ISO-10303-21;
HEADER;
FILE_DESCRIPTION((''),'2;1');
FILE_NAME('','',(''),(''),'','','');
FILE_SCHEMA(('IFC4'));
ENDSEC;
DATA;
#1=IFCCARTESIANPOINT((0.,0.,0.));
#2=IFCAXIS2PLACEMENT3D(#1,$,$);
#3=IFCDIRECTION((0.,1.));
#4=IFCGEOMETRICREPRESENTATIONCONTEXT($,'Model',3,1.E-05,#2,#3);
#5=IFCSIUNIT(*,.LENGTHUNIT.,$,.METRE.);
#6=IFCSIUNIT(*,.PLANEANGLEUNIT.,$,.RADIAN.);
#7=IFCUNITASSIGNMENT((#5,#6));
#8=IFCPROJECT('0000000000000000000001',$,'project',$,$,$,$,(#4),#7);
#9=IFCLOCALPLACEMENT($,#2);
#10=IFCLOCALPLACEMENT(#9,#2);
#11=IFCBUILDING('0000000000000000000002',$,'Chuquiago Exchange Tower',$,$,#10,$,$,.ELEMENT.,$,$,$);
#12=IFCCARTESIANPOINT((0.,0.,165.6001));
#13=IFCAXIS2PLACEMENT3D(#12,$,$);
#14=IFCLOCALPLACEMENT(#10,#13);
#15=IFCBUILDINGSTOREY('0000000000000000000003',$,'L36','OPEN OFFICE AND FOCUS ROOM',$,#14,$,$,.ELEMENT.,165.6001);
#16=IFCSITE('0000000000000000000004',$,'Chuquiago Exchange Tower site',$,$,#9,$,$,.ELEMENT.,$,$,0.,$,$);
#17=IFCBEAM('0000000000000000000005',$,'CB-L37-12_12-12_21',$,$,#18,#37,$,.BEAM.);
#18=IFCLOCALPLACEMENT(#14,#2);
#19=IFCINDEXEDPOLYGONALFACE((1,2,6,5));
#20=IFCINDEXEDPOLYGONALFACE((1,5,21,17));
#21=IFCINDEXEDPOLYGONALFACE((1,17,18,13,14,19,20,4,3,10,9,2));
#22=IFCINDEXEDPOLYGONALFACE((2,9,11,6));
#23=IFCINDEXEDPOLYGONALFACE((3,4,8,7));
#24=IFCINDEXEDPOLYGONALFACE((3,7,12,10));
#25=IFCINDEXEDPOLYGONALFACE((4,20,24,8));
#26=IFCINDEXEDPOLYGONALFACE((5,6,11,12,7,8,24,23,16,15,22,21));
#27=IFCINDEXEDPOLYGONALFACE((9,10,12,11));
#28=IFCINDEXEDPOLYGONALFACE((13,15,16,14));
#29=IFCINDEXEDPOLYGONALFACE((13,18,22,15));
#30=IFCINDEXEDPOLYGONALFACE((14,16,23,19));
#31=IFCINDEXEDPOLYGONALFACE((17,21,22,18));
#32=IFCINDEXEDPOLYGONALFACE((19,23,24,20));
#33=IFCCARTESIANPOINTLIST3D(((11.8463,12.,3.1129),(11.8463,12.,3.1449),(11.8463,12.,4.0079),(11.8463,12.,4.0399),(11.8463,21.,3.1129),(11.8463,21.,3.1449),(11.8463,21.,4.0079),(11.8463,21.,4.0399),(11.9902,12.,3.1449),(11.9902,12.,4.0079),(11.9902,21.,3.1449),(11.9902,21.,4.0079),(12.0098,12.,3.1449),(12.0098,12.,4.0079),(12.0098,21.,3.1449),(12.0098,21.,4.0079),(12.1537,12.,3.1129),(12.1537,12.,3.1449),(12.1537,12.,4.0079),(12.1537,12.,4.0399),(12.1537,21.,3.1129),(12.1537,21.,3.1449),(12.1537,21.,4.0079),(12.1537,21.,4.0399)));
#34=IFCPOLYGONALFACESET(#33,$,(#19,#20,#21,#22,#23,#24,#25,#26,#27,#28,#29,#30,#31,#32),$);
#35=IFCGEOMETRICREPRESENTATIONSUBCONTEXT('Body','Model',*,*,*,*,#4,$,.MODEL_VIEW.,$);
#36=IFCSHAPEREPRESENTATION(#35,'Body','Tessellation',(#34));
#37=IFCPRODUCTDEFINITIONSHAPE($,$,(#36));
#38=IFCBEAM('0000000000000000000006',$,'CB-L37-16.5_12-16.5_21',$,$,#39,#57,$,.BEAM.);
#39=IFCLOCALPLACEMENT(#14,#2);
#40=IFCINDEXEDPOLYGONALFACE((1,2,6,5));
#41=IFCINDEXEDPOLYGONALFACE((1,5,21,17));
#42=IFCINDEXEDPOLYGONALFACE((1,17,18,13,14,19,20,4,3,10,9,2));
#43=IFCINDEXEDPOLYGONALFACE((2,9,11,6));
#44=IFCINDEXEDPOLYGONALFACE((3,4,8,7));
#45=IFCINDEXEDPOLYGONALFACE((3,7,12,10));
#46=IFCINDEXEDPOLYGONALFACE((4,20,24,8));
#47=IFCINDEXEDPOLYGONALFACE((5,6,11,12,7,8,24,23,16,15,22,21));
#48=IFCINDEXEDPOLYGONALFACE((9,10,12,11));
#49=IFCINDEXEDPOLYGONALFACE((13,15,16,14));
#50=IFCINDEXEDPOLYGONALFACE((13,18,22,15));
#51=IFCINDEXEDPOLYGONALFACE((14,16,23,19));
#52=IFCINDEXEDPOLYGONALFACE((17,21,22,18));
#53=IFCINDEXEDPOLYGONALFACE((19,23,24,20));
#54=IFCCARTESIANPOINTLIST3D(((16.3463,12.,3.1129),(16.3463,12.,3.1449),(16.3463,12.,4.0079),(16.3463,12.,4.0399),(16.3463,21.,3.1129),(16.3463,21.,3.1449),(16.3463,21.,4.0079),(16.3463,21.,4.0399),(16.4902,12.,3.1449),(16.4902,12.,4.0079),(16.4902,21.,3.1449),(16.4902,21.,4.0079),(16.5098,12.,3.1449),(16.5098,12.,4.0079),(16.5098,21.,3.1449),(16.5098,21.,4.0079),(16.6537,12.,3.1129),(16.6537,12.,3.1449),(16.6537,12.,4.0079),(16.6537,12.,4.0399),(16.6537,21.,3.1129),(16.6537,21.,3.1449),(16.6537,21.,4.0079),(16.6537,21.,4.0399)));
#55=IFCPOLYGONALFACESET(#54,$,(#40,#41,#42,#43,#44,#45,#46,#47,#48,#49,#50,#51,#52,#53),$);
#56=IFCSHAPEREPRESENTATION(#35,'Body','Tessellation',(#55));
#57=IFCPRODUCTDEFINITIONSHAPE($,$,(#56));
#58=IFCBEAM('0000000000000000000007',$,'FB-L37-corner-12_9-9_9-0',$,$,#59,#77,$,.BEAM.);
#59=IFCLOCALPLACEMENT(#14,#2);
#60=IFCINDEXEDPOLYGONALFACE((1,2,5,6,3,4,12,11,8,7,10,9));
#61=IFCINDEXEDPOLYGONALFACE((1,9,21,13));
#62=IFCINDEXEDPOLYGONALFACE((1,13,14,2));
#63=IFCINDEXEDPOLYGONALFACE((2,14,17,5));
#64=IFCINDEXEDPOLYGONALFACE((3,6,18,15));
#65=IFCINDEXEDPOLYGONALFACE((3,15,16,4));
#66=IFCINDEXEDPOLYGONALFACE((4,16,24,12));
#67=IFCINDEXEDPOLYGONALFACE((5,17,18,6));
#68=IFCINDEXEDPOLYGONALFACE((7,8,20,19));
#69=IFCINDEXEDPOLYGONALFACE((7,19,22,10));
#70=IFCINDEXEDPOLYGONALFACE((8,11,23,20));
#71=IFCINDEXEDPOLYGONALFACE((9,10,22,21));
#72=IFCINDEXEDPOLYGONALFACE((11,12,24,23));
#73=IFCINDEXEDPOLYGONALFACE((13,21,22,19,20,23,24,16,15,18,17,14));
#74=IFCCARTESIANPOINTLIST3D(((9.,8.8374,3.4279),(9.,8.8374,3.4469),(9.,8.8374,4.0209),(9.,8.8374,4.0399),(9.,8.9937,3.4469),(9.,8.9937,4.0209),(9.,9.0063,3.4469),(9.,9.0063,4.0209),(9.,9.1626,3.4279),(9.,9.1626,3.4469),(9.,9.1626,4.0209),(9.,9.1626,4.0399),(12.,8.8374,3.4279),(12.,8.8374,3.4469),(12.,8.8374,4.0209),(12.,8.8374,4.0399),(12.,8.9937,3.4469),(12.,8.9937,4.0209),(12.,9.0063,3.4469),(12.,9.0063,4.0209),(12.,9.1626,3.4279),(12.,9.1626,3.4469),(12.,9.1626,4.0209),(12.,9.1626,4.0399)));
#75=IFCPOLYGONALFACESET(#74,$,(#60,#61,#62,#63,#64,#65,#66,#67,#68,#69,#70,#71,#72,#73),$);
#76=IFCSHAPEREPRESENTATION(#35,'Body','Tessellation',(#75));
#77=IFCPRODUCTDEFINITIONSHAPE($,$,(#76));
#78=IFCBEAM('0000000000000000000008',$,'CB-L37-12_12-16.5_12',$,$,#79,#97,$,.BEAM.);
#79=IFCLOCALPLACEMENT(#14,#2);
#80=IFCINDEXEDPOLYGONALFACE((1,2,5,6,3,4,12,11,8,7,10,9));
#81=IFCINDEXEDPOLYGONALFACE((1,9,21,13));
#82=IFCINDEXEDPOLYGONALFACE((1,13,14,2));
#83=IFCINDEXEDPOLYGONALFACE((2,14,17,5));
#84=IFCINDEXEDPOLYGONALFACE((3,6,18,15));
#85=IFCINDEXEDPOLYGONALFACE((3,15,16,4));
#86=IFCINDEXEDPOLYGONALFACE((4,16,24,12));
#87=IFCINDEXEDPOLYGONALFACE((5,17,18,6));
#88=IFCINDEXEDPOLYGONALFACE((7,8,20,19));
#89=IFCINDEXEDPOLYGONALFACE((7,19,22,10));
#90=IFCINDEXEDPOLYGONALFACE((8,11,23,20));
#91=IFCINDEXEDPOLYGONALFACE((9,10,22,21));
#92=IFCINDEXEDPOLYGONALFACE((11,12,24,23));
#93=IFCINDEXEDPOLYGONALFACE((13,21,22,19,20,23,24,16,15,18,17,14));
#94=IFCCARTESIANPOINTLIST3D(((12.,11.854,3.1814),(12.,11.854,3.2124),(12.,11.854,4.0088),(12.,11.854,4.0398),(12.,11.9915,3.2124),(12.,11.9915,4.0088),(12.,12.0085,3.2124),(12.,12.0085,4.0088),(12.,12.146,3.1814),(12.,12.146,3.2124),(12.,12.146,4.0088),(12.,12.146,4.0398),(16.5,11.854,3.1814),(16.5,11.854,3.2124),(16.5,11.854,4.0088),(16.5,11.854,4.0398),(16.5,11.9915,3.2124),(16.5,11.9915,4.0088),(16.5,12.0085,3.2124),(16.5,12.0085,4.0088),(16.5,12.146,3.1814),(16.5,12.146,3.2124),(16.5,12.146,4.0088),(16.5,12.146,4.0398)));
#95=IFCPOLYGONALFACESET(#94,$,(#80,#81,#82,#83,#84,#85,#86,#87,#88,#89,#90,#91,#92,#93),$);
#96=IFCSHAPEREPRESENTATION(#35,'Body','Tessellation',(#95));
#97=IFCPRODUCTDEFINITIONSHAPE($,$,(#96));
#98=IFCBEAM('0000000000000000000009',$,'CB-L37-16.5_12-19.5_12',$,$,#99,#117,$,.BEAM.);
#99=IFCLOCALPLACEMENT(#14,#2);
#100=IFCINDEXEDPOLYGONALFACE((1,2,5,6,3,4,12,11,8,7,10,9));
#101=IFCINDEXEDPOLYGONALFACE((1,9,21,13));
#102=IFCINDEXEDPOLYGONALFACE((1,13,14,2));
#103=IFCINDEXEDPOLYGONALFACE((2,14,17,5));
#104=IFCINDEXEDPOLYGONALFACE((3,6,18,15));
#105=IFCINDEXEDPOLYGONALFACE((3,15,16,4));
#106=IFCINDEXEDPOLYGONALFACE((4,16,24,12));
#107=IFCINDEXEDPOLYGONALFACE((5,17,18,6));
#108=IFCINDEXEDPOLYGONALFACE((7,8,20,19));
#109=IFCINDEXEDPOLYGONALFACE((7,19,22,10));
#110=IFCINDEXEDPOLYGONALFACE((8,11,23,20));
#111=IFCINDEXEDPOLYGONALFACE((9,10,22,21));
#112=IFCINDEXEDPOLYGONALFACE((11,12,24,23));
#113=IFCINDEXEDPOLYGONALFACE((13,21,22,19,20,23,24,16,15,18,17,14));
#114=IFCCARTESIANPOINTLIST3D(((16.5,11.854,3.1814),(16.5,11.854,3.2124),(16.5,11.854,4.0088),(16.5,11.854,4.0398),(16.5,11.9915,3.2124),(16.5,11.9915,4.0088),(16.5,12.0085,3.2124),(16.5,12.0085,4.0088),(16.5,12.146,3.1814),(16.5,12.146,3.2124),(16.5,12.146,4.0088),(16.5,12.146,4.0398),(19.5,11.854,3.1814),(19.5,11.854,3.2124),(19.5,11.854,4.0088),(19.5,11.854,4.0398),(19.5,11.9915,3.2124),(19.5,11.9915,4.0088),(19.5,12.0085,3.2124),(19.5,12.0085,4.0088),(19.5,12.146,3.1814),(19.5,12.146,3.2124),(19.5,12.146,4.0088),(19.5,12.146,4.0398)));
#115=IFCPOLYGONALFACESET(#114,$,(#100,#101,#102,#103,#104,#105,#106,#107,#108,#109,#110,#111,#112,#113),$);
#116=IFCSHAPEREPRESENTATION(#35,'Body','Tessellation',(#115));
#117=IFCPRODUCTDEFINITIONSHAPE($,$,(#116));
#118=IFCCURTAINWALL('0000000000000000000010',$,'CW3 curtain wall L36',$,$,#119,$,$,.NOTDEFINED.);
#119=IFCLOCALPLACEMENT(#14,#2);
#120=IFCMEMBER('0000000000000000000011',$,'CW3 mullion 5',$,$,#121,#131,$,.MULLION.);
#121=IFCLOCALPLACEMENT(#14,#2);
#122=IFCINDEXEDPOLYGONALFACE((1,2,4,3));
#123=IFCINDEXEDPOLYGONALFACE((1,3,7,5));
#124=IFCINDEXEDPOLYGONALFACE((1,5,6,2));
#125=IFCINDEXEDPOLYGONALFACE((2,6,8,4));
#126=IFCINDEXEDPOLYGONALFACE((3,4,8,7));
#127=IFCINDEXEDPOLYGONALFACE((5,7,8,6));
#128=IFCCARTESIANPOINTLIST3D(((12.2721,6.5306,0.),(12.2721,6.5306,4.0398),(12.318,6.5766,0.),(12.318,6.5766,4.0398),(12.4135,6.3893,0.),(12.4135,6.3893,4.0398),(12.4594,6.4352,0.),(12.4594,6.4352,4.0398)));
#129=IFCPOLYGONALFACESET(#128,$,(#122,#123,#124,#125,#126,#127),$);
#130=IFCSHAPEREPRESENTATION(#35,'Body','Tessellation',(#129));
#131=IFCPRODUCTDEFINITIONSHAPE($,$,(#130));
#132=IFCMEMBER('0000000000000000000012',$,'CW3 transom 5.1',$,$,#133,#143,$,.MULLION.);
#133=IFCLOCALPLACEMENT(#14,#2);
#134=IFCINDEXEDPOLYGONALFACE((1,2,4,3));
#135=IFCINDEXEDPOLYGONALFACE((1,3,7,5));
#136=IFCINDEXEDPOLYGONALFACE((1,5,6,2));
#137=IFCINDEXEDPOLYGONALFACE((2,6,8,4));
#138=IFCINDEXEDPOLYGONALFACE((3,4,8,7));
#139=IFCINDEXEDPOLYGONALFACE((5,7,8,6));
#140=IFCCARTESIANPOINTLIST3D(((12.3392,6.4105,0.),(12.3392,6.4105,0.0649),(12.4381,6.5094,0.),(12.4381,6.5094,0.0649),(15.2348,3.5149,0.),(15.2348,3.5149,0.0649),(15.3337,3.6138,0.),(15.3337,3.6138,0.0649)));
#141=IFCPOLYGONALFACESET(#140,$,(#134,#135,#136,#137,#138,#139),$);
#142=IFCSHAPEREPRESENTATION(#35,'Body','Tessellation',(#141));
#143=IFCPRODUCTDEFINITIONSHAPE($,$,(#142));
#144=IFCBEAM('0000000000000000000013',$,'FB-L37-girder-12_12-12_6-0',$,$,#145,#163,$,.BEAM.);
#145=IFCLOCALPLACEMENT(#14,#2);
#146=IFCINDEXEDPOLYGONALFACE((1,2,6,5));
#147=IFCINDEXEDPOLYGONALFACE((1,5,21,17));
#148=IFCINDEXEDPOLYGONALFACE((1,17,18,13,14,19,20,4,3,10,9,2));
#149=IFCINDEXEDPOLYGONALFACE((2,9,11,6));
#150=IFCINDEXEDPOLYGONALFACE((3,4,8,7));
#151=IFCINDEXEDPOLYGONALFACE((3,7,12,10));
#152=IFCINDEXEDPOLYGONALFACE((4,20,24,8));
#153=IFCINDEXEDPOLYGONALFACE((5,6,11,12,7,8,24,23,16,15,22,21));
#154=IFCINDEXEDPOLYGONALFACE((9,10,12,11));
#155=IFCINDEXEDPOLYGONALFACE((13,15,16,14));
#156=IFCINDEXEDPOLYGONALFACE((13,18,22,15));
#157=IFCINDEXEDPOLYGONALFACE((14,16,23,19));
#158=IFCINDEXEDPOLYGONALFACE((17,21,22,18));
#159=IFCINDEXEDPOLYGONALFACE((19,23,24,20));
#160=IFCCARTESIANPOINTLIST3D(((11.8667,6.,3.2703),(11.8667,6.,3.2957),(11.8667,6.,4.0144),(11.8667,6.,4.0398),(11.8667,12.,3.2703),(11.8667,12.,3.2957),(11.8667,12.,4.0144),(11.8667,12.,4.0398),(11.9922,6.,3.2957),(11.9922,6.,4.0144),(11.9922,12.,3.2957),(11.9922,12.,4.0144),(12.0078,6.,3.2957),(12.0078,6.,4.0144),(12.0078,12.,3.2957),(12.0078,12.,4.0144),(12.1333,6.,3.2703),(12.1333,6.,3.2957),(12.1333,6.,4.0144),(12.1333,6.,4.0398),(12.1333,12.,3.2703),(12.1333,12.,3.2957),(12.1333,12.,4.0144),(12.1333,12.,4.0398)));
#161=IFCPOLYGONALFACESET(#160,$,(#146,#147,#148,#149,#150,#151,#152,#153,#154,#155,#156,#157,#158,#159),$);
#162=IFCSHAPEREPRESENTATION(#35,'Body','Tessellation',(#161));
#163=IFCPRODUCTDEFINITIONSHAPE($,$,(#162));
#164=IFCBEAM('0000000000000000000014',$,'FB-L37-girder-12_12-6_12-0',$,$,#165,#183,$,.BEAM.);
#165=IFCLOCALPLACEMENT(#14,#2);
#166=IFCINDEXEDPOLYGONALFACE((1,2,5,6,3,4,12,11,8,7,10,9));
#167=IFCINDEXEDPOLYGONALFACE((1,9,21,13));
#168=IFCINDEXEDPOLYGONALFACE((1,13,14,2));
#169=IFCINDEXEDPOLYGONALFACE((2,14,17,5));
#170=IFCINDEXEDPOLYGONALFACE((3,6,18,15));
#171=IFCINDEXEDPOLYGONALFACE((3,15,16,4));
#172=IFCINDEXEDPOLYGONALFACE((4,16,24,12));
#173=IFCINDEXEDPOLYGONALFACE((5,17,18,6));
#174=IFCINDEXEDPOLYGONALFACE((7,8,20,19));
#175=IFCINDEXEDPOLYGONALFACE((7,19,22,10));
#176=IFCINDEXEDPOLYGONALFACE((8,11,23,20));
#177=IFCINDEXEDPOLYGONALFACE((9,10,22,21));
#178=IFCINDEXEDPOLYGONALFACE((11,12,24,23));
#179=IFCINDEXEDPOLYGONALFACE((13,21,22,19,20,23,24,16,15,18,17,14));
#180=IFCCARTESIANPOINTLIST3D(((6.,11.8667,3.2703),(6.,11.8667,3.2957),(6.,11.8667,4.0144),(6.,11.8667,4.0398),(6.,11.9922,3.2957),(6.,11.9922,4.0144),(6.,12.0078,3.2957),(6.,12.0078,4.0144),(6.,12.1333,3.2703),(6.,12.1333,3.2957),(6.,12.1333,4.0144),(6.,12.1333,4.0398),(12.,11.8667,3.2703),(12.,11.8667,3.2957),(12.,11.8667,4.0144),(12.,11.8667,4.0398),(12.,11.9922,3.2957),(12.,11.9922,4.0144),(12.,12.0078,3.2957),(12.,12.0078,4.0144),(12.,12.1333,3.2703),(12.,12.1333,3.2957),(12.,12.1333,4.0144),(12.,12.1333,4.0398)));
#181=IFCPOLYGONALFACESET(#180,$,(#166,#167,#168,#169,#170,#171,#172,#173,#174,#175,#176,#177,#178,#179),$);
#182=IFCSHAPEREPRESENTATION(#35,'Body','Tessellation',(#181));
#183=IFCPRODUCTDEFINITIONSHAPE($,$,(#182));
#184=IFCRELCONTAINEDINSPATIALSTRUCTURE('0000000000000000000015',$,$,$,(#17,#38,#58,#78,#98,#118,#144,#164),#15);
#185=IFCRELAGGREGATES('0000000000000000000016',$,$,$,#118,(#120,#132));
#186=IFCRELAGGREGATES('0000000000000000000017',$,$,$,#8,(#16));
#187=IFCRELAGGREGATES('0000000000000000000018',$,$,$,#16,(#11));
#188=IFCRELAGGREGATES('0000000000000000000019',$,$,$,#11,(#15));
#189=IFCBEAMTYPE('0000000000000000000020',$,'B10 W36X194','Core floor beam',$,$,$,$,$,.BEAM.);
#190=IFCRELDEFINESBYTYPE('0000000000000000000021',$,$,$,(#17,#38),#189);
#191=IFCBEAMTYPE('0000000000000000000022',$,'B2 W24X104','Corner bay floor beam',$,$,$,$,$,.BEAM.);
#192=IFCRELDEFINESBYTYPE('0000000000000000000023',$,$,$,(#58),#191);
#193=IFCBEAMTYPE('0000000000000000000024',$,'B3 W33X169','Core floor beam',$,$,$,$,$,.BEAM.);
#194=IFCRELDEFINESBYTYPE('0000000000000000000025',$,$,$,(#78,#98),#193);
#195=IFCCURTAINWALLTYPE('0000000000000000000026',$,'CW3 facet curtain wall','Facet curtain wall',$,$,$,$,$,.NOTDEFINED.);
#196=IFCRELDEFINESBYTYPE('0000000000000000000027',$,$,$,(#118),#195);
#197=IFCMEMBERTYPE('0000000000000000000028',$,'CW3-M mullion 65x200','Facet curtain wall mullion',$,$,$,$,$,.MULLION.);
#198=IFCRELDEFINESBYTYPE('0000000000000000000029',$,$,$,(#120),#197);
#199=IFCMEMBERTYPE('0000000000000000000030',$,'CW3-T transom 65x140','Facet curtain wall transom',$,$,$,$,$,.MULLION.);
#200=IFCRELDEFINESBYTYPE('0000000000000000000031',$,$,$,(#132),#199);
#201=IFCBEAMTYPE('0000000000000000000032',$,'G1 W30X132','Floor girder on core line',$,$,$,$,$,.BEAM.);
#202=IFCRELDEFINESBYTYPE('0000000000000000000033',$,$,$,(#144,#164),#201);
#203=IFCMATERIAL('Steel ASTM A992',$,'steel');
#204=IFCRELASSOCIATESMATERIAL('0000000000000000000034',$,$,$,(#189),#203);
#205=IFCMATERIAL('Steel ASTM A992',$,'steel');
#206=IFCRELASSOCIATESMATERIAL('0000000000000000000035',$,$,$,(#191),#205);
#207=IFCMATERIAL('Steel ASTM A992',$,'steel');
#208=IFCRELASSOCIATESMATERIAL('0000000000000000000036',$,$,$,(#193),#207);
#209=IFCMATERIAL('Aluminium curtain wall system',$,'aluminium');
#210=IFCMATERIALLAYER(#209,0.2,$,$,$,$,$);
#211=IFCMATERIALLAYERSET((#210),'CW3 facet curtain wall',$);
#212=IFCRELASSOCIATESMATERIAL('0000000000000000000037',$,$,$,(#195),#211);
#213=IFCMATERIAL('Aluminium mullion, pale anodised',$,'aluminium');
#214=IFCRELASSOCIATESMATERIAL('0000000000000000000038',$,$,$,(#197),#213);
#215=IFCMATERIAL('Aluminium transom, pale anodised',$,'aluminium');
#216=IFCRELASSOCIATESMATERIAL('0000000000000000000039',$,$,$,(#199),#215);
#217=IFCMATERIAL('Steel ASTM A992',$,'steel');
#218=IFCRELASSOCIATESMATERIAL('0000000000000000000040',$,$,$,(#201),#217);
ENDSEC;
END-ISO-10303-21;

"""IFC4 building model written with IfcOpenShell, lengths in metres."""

from ifc_helpers import new_model, si_unit, direction, frame, origin, origin_2d, place, context, subcontext, project, spatial, rectangle, i_section, extrude, material, layer, layer_set, material_profile, profile_set, type_object, element, aggregate, save


model = new_model("IFC4")

# Units and contexts
model_context = context("Model", 3, precision=1e-05, world=origin(), true_north=direction((0.0, 1.0)))
body_context = subcontext(model_context, "Body", "Model", "MODEL_VIEW")
ifc_project = project(units=[si_unit("LENGTHUNIT", "METRE"), si_unit("PLANEANGLEUNIT", "RADIAN")], contexts=[model_context])

# Site, building, storey
site_placement = place(None, origin())
site = spatial("IfcSite", under=ifc_project, at=site_placement, Name="Chuquiago Exchange Tower site", CompositionType="ELEMENT", RefElevation=0.0)
building_placement = place(site_placement, origin())
building = spatial("IfcBuilding", under=site, at=building_placement, Name="Chuquiago Exchange Tower", CompositionType="ELEMENT")
storey_placement = place(building_placement, frame((0.0, 0.0, 165.6001)))
storey = spatial("IfcBuildingStorey", under=building, at=storey_placement, Name="L36", Description="OPEN OFFICE AND FOCUS ROOM", CompositionType="ELEMENT", Elevation=165.6001)

# Beams
ifc_material_1 = material(Name="Steel ASTM A992", Category="steel")
ifc_material_profile_1 = material_profile(ifc_material_1, i_section(OverallWidth=0.3074, OverallDepth=0.927, WebThickness=0.0195, FlangeThickness=0.032, at=origin_2d()), Name="W36X194")
ifc_profile_set_1 = profile_set([ifc_material_profile_1], Name="Steel ASTM A992")
beam_type_1 = type_object("IfcBeamType", Name="B10 W36X194", Description="Core floor beam", PredefinedType="BEAM", material=ifc_profile_set_1)
for number, where, z_axis, x_axis, name in (
    (1, (12.0, 12.0, 3.5764), (0.0, 1.0, 0.0), (-1.0, 0.0, 0.0), "CB-L37-12_12-12_21"),
    (2, (16.5, 12.0, 3.5764), (0.0, 1.0, 0.0), (-1.0, 0.0, 0.0), "CB-L37-16.5_12-16.5_21"),
):
    element("IfcBeam", number, at=place(storey_placement, frame(where, z_axis=z_axis, x_axis=x_axis)), inside=storey, type_object=beam_type_1, Name=name, PredefinedType="BEAM", context=body_context, shape_type="SweptSolid", body=[
        extrude(i_section(OverallWidth=0.3074, OverallDepth=0.927, WebThickness=0.0195, FlangeThickness=0.032, at=origin_2d()), origin(), (0.0, 0.0, 1.0), 9.0),
    ])
ifc_material_2 = material(Name="Steel ASTM A992", Category="steel")
ifc_material_profile_2 = material_profile(ifc_material_2, i_section(OverallWidth=0.3252, OverallDepth=0.6121, WebThickness=0.0127, FlangeThickness=0.019, at=origin_2d()), Name="W24X104")
ifc_profile_set_2 = profile_set([ifc_material_profile_2], Name="Steel ASTM A992")
beam_type_2 = type_object("IfcBeamType", Name="B2 W24X104", Description="Corner bay floor beam", PredefinedType="BEAM", material=ifc_profile_set_2)
beam_1_placement = place(storey_placement, frame((12.0, 9.0, 3.7339), z_axis=(-1.0, 0.0, 0.0), x_axis=(0.0, -1.0, 0.0)))
element("IfcBeam", 3, at=beam_1_placement, inside=storey, type_object=beam_type_2, Name="FB-L37-corner-12_9-9_9-0", PredefinedType="BEAM", context=body_context, shape_type="SweptSolid", body=[
    extrude(i_section(OverallWidth=0.3252, OverallDepth=0.6121, WebThickness=0.0127, FlangeThickness=0.019, at=origin_2d()), origin(), (0.0, 0.0, 1.0), 3.0),
])
ifc_material_3 = material(Name="Steel ASTM A992", Category="steel")
ifc_material_profile_3 = material_profile(ifc_material_3, i_section(OverallWidth=0.292, OverallDepth=0.8584, WebThickness=0.0171, FlangeThickness=0.031, at=origin_2d()), Name="W33X169")
ifc_profile_set_3 = profile_set([ifc_material_profile_3], Name="Steel ASTM A992")
beam_type_3 = type_object("IfcBeamType", Name="B3 W33X169", Description="Core floor beam", PredefinedType="BEAM", material=ifc_profile_set_3)
beam_2_placement = place(storey_placement, frame((12.0, 12.0, 3.6106), z_axis=(1.0, 0.0, 0.0), x_axis=(0.0, 1.0, 0.0)))
element("IfcBeam", 4, at=beam_2_placement, inside=storey, type_object=beam_type_3, Name="CB-L37-12_12-16.5_12", PredefinedType="BEAM", context=body_context, shape_type="SweptSolid", body=[
    extrude(i_section(OverallWidth=0.292, OverallDepth=0.8584, WebThickness=0.0171, FlangeThickness=0.031, at=origin_2d()), origin(), (0.0, 0.0, 1.0), 4.5),
])
beam_3_placement = place(storey_placement, frame((16.5, 12.0, 3.6106), z_axis=(1.0, 0.0, 0.0), x_axis=(0.0, 1.0, 0.0)))
element("IfcBeam", 5, at=beam_3_placement, inside=storey, type_object=beam_type_3, Name="CB-L37-16.5_12-19.5_12", PredefinedType="BEAM", context=body_context, shape_type="SweptSolid", body=[
    extrude(i_section(OverallWidth=0.292, OverallDepth=0.8584, WebThickness=0.0171, FlangeThickness=0.031, at=origin_2d()), origin(), (0.0, 0.0, 1.0), 3.0),
])

# Curtain wall, members
ifc_material_4 = material(Name="Aluminium curtain wall system", Category="aluminium")
ifc_layer_1 = layer(ifc_material_4, 0.2)
ifc_layer_set_1 = layer_set([ifc_layer_1], Name="CW3 facet curtain wall")
curtain_wall_type = type_object("IfcCurtainWallType", Name="CW3 facet curtain wall", Description="Facet curtain wall", PredefinedType="NOTDEFINED", material=ifc_layer_set_1)
curtain_wall_placement = place(storey_placement, origin())
curtain_wall = element("IfcCurtainWall", 6, at=curtain_wall_placement, inside=storey, type_object=curtain_wall_type, Name="CW3 curtain wall L36", PredefinedType="NOTDEFINED")
ifc_material_5 = material(Name="Aluminium mullion, pale anodised", Category="aluminium")
ifc_material_profile_4 = material_profile(ifc_material_5, rectangle(XDim=0.0649, YDim=0.2, at=origin_2d()), Name="AL 65x200")
ifc_profile_set_4 = profile_set([ifc_material_profile_4], Name="Aluminium mullion, pale anodised")
member_type_1 = type_object("IfcMemberType", Name="CW3-M mullion 65x200", Description="Facet curtain wall mullion", PredefinedType="MULLION", material=ifc_profile_set_4)
member_1_placement = place(storey_placement, frame((12.3657, 6.4829, 0.0), z_axis=(0.0, 0.0, 1.0), x_axis=(0.707107, 0.707107, 0.0)))
member_1 = element("IfcMember", 7, at=member_1_placement, type_object=member_type_1, Name="CW3 mullion 5", PredefinedType="MULLION", context=body_context, shape_type="SweptSolid", body=[
    extrude(rectangle(XDim=0.0649, YDim=0.2, at=origin_2d()), origin(), (0.0, 0.0, 1.0), 4.0398),
])
ifc_material_6 = material(Name="Aluminium transom, pale anodised", Category="aluminium")
ifc_material_profile_5 = material_profile(ifc_material_6, rectangle(XDim=0.1399, YDim=0.0649, at=origin_2d()), Name="AL 140x65")
ifc_profile_set_5 = profile_set([ifc_material_profile_5], Name="Aluminium transom, pale anodised")
member_type_2 = type_object("IfcMemberType", Name="CW3-T transom 65x140", Description="Facet curtain wall transom", PredefinedType="MULLION", material=ifc_profile_set_5)
member_2_placement = place(storey_placement, frame((12.3887, 6.46, 0.0325), z_axis=(0.707107, -0.707107, 0.0), x_axis=(0.707107, 0.707107, 0.0)))
member_2 = element("IfcMember", 8, at=member_2_placement, type_object=member_type_2, Name="CW3 transom 5.1", PredefinedType="MULLION", context=body_context, shape_type="SweptSolid", body=[
    extrude(rectangle(XDim=0.1399, YDim=0.0649, at=origin_2d()), origin(), (0.0, 0.0, 1.0), 4.095),
])
aggregate(curtain_wall, [member_1, member_2])

# Beams
ifc_material_7 = material(Name="Steel ASTM A992", Category="steel")
ifc_material_profile_6 = material_profile(ifc_material_7, i_section(OverallWidth=0.2666, OverallDepth=0.7695, WebThickness=0.0156, FlangeThickness=0.0254, at=origin_2d()), Name="W30X132")
ifc_profile_set_6 = profile_set([ifc_material_profile_6], Name="Steel ASTM A992")
beam_type_4 = type_object("IfcBeamType", Name="G1 W30X132", Description="Floor girder on core line", PredefinedType="BEAM", material=ifc_profile_set_6)
for number, where, z_axis, x_axis, name in (
    (9, (12.0, 12.0, 3.655), (0.0, -1.0, 0.0), (1.0, 0.0, 0.0), "FB-L37-girder-12_12-12_6-0"),
    (10, (12.0, 12.0, 3.655), (-1.0, 0.0, 0.0), (0.0, -1.0, 0.0), "FB-L37-girder-12_12-6_12-0"),
):
    element("IfcBeam", number, at=place(storey_placement, frame(where, z_axis=z_axis, x_axis=x_axis)), inside=storey, type_object=beam_type_4, Name=name, PredefinedType="BEAM", context=body_context, shape_type="SweptSolid", body=[
        extrude(i_section(OverallWidth=0.2666, OverallDepth=0.7695, WebThickness=0.0156, FlangeThickness=0.0254, at=origin_2d()), origin(), (0.0, 0.0, 1.0), 6.0),
    ])

save(model, "model.ifc")
